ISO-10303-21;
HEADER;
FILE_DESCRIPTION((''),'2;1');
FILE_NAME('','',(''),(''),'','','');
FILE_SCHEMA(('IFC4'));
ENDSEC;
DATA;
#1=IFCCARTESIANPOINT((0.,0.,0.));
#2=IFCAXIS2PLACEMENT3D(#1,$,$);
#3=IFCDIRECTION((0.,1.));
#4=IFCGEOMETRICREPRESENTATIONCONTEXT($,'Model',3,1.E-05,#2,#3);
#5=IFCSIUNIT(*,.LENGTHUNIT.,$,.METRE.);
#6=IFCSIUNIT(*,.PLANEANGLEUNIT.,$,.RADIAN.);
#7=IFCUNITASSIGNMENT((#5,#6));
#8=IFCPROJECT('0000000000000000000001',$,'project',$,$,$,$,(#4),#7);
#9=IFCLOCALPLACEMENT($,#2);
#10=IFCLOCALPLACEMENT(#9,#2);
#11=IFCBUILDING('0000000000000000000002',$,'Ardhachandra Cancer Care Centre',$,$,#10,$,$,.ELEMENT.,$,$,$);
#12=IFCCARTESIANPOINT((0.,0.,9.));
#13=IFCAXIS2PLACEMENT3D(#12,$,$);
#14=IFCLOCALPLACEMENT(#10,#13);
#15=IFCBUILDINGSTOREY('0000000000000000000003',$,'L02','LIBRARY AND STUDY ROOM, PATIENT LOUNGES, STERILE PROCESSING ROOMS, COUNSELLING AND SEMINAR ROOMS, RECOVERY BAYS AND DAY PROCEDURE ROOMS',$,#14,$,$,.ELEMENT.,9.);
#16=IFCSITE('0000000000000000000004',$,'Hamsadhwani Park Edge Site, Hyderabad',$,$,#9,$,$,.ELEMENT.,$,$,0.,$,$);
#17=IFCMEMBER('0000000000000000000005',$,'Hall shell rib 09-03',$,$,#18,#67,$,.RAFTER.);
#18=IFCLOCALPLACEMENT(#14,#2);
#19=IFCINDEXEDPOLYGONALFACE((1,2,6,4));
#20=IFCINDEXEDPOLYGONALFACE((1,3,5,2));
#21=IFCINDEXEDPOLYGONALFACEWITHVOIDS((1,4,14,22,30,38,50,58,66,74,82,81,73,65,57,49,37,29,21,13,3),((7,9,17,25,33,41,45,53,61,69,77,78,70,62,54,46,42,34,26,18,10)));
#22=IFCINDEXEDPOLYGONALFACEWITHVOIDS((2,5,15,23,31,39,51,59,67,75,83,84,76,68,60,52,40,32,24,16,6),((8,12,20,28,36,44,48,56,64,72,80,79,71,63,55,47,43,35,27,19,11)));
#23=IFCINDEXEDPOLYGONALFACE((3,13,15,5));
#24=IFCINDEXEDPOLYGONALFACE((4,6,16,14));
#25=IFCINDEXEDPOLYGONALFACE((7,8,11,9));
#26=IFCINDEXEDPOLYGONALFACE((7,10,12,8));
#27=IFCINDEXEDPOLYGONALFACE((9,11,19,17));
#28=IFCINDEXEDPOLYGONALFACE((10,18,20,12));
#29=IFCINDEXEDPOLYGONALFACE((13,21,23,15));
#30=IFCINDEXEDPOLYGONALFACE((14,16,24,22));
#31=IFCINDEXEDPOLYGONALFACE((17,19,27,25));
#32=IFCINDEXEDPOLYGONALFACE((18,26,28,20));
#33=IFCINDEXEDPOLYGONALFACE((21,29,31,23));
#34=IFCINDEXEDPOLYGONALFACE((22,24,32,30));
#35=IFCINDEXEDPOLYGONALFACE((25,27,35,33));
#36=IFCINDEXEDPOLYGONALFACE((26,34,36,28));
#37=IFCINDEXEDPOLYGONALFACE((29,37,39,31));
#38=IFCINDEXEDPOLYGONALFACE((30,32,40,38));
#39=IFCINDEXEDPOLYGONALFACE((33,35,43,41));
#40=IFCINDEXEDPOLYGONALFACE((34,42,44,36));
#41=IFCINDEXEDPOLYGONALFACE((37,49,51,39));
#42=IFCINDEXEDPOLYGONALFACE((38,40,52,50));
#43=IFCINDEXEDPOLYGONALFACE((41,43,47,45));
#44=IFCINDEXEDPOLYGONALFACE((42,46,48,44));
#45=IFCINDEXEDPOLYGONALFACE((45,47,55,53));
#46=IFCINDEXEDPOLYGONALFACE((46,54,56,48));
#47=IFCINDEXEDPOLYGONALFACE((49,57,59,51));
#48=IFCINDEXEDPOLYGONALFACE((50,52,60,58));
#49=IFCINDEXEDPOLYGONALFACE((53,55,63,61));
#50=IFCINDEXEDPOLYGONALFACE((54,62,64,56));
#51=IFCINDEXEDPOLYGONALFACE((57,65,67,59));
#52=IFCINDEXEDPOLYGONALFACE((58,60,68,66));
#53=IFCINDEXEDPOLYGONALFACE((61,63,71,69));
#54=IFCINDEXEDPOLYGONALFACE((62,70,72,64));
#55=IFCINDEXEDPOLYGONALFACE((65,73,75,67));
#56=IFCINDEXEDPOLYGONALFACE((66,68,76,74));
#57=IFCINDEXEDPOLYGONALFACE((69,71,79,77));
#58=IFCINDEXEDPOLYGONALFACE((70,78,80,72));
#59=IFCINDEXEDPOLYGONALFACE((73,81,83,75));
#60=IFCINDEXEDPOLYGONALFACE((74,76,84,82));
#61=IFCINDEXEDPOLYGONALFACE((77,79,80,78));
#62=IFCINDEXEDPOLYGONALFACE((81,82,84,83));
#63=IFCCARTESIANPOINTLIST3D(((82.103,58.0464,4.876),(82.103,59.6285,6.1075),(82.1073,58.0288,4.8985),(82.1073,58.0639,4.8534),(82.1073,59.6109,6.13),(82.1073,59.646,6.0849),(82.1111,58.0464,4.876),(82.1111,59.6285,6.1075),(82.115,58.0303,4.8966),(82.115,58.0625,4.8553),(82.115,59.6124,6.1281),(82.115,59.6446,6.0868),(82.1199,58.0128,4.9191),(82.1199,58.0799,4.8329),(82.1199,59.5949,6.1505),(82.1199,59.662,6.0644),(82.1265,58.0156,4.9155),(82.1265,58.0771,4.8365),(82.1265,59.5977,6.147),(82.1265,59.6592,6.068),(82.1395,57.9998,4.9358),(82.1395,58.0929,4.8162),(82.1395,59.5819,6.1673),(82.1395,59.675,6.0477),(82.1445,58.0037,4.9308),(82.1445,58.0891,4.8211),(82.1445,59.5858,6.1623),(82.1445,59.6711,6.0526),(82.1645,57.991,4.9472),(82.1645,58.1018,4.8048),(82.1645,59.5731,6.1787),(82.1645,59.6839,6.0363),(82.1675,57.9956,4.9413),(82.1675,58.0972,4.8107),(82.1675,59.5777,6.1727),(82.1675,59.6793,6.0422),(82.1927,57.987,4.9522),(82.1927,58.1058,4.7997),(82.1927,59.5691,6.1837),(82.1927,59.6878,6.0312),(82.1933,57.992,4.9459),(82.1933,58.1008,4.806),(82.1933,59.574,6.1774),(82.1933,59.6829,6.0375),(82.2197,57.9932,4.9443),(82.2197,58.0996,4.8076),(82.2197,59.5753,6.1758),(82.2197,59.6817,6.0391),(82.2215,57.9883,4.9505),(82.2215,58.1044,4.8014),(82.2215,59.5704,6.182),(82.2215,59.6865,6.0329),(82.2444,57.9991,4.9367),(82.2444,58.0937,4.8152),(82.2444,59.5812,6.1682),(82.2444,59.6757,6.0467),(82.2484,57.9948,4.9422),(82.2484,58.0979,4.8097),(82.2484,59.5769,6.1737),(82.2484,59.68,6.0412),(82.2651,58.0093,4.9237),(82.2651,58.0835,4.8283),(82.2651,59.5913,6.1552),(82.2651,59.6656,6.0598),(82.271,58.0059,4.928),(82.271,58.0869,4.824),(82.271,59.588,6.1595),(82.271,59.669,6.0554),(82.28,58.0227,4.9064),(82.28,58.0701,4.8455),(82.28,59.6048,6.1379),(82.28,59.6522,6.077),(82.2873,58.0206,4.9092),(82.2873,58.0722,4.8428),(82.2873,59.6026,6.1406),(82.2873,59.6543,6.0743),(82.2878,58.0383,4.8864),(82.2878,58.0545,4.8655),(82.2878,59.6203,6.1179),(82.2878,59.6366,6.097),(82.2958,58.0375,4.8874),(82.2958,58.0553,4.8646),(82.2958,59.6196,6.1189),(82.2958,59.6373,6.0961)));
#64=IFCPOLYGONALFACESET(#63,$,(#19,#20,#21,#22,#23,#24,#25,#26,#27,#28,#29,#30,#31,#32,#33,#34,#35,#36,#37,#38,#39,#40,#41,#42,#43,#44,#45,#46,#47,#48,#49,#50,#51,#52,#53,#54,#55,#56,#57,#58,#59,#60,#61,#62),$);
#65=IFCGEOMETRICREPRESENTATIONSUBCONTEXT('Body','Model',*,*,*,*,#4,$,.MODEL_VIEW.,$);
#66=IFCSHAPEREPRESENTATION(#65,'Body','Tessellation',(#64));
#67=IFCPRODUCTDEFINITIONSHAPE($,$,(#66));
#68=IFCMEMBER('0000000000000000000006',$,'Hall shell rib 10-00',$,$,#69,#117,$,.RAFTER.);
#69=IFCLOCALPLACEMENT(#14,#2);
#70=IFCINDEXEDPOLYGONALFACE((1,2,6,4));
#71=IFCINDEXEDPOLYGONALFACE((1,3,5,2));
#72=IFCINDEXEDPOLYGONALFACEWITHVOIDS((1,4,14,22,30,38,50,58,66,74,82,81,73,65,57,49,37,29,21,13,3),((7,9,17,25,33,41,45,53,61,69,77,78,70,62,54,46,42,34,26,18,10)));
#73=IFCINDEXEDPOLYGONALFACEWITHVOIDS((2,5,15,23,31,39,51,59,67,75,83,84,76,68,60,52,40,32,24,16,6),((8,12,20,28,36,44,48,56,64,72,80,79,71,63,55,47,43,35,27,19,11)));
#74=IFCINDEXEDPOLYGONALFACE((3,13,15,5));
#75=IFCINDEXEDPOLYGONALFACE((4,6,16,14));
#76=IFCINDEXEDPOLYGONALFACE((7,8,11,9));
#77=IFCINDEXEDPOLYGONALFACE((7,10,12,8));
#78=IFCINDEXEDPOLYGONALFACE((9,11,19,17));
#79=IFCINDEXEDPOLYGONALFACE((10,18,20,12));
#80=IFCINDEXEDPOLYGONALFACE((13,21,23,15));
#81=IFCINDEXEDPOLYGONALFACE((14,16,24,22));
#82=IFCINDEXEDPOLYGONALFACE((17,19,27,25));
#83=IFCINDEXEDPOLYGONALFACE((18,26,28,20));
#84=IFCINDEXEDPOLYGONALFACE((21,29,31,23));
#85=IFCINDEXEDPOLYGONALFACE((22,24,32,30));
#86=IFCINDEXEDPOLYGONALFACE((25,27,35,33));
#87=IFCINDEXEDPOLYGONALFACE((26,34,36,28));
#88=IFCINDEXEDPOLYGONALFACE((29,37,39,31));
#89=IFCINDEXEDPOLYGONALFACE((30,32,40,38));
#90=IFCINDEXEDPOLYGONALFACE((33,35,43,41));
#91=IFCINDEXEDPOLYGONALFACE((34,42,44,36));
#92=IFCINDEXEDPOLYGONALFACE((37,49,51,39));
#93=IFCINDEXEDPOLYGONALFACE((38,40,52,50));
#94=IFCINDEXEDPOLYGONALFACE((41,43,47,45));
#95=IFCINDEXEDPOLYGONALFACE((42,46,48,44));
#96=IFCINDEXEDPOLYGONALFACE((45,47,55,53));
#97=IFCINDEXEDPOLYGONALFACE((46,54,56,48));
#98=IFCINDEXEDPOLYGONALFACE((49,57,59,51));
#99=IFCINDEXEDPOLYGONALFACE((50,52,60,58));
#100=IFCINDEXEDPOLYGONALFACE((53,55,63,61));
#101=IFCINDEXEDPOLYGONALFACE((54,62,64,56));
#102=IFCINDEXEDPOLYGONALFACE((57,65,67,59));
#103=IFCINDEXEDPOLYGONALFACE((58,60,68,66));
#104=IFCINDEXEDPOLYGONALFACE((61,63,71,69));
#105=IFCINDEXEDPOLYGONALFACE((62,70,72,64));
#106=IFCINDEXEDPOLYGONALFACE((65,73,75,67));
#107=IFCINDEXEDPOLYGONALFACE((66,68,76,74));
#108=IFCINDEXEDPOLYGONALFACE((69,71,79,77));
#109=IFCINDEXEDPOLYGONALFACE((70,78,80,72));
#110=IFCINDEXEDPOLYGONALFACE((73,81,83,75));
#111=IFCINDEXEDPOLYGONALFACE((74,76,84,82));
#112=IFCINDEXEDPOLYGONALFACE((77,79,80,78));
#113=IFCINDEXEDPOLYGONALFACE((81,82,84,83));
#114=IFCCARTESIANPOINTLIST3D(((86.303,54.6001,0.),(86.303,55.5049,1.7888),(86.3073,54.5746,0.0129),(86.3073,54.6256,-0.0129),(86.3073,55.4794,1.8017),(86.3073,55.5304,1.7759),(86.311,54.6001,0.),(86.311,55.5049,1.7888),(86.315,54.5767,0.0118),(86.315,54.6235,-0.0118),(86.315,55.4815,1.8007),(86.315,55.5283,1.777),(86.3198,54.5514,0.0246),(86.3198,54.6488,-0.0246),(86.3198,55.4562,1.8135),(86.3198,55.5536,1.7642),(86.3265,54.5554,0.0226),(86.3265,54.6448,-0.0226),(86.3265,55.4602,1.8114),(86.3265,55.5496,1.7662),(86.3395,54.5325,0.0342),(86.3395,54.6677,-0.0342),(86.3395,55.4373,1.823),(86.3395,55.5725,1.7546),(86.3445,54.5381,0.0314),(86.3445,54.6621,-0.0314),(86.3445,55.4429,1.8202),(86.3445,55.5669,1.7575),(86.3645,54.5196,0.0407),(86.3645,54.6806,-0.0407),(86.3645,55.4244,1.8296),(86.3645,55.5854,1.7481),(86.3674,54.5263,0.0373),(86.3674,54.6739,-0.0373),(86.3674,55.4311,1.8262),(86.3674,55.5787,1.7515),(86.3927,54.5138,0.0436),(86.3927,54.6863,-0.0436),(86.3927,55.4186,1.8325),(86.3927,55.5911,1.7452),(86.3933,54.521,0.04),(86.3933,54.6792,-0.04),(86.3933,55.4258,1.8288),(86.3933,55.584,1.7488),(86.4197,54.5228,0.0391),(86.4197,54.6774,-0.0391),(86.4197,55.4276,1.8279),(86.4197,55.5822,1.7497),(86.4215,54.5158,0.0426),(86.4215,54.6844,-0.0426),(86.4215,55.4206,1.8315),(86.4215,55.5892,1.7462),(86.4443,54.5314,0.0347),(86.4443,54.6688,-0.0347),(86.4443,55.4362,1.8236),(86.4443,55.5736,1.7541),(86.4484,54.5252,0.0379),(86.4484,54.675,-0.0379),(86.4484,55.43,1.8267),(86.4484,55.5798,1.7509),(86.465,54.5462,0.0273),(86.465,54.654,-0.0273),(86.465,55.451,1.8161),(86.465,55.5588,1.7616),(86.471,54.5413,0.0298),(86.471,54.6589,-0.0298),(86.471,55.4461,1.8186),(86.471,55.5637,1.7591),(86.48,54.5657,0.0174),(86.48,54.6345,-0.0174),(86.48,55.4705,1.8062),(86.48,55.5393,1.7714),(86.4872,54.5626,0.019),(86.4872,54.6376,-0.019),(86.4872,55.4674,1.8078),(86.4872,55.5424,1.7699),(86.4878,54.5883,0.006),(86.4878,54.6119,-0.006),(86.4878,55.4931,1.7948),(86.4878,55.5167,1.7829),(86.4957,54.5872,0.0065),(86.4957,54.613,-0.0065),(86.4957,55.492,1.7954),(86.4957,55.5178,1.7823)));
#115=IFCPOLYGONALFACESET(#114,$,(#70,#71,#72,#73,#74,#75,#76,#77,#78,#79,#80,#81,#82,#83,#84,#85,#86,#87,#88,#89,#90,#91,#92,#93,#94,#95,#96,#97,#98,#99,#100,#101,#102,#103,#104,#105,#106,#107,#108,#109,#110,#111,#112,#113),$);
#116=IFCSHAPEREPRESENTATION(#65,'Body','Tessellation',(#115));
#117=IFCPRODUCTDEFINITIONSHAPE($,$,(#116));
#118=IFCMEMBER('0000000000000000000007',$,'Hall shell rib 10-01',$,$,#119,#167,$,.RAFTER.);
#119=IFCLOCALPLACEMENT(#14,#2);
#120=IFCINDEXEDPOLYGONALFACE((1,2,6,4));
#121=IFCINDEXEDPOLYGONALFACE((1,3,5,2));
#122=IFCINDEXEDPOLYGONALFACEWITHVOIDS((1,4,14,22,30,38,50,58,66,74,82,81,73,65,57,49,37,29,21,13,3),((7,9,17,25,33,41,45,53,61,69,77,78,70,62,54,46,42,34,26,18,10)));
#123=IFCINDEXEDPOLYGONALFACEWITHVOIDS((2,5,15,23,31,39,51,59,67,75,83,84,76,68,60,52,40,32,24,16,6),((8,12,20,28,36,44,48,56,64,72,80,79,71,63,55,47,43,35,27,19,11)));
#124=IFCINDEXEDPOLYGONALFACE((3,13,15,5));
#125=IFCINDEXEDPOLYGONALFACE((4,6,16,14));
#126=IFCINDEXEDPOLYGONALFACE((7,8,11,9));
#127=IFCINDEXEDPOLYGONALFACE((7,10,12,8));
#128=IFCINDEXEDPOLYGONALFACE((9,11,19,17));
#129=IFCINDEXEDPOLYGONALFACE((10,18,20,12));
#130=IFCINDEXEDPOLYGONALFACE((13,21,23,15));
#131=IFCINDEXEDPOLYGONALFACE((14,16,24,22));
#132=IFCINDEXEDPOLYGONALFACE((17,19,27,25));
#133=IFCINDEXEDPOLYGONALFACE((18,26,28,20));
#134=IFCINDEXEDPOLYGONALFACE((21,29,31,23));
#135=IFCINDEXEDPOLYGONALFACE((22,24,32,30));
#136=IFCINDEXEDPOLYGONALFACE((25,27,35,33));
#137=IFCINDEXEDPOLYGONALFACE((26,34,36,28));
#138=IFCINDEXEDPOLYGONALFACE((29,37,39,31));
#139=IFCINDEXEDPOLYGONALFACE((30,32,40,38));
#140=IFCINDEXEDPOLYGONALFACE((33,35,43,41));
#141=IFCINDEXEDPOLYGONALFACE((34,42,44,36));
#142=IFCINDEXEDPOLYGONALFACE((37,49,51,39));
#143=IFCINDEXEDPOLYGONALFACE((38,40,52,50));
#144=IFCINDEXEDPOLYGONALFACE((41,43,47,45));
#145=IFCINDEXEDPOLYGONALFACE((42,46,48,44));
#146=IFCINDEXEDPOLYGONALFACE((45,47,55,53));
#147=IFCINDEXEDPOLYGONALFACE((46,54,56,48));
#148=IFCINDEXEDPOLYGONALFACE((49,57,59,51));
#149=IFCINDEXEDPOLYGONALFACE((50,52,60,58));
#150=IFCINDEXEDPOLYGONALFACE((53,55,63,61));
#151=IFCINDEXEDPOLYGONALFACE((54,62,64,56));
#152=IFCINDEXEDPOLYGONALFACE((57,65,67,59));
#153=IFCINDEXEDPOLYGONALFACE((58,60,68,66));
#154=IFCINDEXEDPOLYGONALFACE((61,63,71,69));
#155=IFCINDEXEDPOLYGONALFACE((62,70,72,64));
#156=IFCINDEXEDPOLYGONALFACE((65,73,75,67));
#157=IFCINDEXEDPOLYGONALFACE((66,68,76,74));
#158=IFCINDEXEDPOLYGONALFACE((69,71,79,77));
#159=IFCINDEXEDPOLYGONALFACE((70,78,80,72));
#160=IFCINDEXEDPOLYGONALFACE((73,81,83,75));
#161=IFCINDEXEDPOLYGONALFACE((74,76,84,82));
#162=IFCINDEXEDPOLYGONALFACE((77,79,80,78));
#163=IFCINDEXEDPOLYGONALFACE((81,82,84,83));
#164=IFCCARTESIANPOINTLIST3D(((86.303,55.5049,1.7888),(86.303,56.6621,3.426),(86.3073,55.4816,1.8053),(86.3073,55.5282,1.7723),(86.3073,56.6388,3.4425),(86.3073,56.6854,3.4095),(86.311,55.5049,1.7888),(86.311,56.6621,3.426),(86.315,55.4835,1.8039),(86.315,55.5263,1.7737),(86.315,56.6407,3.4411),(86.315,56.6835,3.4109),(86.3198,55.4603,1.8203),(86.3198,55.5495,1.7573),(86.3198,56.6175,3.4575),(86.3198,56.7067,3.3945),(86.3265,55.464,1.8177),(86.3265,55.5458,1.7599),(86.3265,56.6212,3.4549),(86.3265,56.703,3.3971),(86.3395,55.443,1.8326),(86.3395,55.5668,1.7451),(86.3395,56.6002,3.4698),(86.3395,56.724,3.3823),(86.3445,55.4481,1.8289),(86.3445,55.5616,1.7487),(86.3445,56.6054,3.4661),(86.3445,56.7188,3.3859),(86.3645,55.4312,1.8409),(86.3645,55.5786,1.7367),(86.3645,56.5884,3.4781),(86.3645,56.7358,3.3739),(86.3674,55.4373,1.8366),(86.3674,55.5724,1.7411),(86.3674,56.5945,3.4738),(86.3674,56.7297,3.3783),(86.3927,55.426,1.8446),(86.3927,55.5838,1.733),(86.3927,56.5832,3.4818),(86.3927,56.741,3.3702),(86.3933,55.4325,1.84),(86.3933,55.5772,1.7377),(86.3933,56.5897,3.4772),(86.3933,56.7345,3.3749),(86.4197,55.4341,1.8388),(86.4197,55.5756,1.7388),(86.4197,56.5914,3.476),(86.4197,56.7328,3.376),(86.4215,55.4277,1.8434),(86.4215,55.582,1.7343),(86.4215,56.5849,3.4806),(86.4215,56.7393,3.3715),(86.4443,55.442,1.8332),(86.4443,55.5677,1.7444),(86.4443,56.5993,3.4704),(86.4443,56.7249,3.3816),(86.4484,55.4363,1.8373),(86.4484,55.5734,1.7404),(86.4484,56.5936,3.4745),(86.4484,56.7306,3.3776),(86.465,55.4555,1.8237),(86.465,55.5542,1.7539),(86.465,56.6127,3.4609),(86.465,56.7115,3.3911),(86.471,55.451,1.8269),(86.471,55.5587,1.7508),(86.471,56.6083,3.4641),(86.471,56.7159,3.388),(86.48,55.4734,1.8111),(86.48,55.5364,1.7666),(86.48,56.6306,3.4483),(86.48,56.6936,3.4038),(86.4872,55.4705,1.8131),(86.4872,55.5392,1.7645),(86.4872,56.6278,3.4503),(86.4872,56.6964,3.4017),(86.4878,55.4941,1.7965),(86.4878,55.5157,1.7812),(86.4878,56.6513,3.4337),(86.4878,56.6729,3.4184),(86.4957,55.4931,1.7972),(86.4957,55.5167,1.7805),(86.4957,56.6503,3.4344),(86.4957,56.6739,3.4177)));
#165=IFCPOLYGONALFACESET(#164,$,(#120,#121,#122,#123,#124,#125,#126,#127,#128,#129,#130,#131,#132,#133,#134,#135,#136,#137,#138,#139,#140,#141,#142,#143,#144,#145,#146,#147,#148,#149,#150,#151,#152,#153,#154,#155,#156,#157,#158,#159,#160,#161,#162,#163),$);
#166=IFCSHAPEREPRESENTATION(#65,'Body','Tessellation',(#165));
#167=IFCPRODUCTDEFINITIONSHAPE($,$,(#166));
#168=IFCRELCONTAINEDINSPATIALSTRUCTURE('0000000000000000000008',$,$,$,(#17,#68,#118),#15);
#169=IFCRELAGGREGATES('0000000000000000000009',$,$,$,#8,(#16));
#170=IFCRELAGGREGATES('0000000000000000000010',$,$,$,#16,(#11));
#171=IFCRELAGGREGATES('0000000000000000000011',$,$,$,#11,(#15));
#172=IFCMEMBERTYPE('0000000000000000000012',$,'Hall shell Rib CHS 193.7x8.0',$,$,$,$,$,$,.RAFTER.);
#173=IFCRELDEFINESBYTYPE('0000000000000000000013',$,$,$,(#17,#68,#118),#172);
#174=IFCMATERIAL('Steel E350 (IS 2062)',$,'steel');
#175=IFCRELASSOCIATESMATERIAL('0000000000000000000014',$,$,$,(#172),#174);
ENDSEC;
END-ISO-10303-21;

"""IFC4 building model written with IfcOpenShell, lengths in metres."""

from ifc_helpers import new_model, si_unit, direction, frame, origin, origin_2d, place, context, subcontext, project, spatial, hollow_circle, extrude, material, material_profile, profile_set, type_object, element, save


model = new_model("IFC4")

# Units and contexts
model_context = context("Model", 3, precision=1e-05, world=origin(), true_north=direction((0.0, 1.0)))
body_context = subcontext(model_context, "Body", "Model", "MODEL_VIEW")
ifc_project = project(units=[si_unit("LENGTHUNIT", "METRE"), si_unit("PLANEANGLEUNIT", "RADIAN")], contexts=[model_context])

# Site, building, storey
site_placement = place(None, origin())
site = spatial("IfcSite", under=ifc_project, at=site_placement, Name="Hamsadhwani Park Edge Site, Hyderabad", CompositionType="ELEMENT", RefElevation=0.0)
building_placement = place(site_placement, origin())
building = spatial("IfcBuilding", under=site, at=building_placement, Name="Ardhachandra Cancer Care Centre", CompositionType="ELEMENT")
storey_placement = place(building_placement, frame((0.0, 0.0, 9.0)))
storey = spatial("IfcBuildingStorey", under=building, at=storey_placement, Name="L02", Description="LIBRARY AND STUDY ROOM, PATIENT LOUNGES, STERILE PROCESSING ROOMS, COUNSELLING AND SEMINAR ROOMS, RECOVERY BAYS AND DAY PROCEDURE ROOMS", CompositionType="ELEMENT", Elevation=9.0)

# Members
ifc_material_1 = material(Name="Steel E350 (IS 2062)", Category="steel")
ifc_material_profile_1 = material_profile(ifc_material_1, hollow_circle(Radius=0.0969, WallThickness=0.0081, at=origin_2d()), Name="CHS 193.7x8.0")
ifc_profile_set_1 = profile_set([ifc_material_profile_1], Name="Steel E350 (IS 2062)")
member_type_1 = type_object("IfcMemberType", Name="Hall shell Rib CHS 193.7x8.0", PredefinedType="RAFTER", material=ifc_profile_set_1)
member_1_placement = place(storey_placement, frame((82.2, 58.0464, 4.876), z_axis=(0.0, 0.789116, 0.614244), x_axis=(-1.0, 0.0, 0.0)))
element("IfcMember", 1, at=member_1_placement, inside=storey, type_object=member_type_1, Name="Hall shell rib 09-03", PredefinedType="RAFTER", context=body_context, shape_type="SweptSolid", body=[
    extrude(hollow_circle(Radius=0.0969, WallThickness=0.0081, at=origin_2d()), origin(), (0.0, 0.0, 1.0), 2.0049),
])
member_2_placement = place(storey_placement, frame((86.3999, 54.6001, 0.0), z_axis=(0.0, 0.45135, 0.892347), x_axis=(-1.0, 0.0, 0.0)))
element("IfcMember", 2, at=member_2_placement, inside=storey, type_object=member_type_1, Name="Hall shell rib 10-00", PredefinedType="RAFTER", context=body_context, shape_type="SweptSolid", body=[
    extrude(hollow_circle(Radius=0.0969, WallThickness=0.0081, at=origin_2d()), origin(), (0.0, 0.0, 1.0), 2.0046),
])
member_3_placement = place(storey_placement, frame((86.3999, 55.5049, 1.7888), z_axis=(0.0, 0.577199, 0.816603), x_axis=(-1.0, 0.0, 0.0)))
element("IfcMember", 3, at=member_3_placement, inside=storey, type_object=member_type_1, Name="Hall shell rib 10-01", PredefinedType="RAFTER", context=body_context, shape_type="SweptSolid", body=[
    extrude(hollow_circle(Radius=0.0969, WallThickness=0.0081, at=origin_2d()), origin(), (0.0, 0.0, 1.0), 2.0049),
])

save(model, "model.ifc")
